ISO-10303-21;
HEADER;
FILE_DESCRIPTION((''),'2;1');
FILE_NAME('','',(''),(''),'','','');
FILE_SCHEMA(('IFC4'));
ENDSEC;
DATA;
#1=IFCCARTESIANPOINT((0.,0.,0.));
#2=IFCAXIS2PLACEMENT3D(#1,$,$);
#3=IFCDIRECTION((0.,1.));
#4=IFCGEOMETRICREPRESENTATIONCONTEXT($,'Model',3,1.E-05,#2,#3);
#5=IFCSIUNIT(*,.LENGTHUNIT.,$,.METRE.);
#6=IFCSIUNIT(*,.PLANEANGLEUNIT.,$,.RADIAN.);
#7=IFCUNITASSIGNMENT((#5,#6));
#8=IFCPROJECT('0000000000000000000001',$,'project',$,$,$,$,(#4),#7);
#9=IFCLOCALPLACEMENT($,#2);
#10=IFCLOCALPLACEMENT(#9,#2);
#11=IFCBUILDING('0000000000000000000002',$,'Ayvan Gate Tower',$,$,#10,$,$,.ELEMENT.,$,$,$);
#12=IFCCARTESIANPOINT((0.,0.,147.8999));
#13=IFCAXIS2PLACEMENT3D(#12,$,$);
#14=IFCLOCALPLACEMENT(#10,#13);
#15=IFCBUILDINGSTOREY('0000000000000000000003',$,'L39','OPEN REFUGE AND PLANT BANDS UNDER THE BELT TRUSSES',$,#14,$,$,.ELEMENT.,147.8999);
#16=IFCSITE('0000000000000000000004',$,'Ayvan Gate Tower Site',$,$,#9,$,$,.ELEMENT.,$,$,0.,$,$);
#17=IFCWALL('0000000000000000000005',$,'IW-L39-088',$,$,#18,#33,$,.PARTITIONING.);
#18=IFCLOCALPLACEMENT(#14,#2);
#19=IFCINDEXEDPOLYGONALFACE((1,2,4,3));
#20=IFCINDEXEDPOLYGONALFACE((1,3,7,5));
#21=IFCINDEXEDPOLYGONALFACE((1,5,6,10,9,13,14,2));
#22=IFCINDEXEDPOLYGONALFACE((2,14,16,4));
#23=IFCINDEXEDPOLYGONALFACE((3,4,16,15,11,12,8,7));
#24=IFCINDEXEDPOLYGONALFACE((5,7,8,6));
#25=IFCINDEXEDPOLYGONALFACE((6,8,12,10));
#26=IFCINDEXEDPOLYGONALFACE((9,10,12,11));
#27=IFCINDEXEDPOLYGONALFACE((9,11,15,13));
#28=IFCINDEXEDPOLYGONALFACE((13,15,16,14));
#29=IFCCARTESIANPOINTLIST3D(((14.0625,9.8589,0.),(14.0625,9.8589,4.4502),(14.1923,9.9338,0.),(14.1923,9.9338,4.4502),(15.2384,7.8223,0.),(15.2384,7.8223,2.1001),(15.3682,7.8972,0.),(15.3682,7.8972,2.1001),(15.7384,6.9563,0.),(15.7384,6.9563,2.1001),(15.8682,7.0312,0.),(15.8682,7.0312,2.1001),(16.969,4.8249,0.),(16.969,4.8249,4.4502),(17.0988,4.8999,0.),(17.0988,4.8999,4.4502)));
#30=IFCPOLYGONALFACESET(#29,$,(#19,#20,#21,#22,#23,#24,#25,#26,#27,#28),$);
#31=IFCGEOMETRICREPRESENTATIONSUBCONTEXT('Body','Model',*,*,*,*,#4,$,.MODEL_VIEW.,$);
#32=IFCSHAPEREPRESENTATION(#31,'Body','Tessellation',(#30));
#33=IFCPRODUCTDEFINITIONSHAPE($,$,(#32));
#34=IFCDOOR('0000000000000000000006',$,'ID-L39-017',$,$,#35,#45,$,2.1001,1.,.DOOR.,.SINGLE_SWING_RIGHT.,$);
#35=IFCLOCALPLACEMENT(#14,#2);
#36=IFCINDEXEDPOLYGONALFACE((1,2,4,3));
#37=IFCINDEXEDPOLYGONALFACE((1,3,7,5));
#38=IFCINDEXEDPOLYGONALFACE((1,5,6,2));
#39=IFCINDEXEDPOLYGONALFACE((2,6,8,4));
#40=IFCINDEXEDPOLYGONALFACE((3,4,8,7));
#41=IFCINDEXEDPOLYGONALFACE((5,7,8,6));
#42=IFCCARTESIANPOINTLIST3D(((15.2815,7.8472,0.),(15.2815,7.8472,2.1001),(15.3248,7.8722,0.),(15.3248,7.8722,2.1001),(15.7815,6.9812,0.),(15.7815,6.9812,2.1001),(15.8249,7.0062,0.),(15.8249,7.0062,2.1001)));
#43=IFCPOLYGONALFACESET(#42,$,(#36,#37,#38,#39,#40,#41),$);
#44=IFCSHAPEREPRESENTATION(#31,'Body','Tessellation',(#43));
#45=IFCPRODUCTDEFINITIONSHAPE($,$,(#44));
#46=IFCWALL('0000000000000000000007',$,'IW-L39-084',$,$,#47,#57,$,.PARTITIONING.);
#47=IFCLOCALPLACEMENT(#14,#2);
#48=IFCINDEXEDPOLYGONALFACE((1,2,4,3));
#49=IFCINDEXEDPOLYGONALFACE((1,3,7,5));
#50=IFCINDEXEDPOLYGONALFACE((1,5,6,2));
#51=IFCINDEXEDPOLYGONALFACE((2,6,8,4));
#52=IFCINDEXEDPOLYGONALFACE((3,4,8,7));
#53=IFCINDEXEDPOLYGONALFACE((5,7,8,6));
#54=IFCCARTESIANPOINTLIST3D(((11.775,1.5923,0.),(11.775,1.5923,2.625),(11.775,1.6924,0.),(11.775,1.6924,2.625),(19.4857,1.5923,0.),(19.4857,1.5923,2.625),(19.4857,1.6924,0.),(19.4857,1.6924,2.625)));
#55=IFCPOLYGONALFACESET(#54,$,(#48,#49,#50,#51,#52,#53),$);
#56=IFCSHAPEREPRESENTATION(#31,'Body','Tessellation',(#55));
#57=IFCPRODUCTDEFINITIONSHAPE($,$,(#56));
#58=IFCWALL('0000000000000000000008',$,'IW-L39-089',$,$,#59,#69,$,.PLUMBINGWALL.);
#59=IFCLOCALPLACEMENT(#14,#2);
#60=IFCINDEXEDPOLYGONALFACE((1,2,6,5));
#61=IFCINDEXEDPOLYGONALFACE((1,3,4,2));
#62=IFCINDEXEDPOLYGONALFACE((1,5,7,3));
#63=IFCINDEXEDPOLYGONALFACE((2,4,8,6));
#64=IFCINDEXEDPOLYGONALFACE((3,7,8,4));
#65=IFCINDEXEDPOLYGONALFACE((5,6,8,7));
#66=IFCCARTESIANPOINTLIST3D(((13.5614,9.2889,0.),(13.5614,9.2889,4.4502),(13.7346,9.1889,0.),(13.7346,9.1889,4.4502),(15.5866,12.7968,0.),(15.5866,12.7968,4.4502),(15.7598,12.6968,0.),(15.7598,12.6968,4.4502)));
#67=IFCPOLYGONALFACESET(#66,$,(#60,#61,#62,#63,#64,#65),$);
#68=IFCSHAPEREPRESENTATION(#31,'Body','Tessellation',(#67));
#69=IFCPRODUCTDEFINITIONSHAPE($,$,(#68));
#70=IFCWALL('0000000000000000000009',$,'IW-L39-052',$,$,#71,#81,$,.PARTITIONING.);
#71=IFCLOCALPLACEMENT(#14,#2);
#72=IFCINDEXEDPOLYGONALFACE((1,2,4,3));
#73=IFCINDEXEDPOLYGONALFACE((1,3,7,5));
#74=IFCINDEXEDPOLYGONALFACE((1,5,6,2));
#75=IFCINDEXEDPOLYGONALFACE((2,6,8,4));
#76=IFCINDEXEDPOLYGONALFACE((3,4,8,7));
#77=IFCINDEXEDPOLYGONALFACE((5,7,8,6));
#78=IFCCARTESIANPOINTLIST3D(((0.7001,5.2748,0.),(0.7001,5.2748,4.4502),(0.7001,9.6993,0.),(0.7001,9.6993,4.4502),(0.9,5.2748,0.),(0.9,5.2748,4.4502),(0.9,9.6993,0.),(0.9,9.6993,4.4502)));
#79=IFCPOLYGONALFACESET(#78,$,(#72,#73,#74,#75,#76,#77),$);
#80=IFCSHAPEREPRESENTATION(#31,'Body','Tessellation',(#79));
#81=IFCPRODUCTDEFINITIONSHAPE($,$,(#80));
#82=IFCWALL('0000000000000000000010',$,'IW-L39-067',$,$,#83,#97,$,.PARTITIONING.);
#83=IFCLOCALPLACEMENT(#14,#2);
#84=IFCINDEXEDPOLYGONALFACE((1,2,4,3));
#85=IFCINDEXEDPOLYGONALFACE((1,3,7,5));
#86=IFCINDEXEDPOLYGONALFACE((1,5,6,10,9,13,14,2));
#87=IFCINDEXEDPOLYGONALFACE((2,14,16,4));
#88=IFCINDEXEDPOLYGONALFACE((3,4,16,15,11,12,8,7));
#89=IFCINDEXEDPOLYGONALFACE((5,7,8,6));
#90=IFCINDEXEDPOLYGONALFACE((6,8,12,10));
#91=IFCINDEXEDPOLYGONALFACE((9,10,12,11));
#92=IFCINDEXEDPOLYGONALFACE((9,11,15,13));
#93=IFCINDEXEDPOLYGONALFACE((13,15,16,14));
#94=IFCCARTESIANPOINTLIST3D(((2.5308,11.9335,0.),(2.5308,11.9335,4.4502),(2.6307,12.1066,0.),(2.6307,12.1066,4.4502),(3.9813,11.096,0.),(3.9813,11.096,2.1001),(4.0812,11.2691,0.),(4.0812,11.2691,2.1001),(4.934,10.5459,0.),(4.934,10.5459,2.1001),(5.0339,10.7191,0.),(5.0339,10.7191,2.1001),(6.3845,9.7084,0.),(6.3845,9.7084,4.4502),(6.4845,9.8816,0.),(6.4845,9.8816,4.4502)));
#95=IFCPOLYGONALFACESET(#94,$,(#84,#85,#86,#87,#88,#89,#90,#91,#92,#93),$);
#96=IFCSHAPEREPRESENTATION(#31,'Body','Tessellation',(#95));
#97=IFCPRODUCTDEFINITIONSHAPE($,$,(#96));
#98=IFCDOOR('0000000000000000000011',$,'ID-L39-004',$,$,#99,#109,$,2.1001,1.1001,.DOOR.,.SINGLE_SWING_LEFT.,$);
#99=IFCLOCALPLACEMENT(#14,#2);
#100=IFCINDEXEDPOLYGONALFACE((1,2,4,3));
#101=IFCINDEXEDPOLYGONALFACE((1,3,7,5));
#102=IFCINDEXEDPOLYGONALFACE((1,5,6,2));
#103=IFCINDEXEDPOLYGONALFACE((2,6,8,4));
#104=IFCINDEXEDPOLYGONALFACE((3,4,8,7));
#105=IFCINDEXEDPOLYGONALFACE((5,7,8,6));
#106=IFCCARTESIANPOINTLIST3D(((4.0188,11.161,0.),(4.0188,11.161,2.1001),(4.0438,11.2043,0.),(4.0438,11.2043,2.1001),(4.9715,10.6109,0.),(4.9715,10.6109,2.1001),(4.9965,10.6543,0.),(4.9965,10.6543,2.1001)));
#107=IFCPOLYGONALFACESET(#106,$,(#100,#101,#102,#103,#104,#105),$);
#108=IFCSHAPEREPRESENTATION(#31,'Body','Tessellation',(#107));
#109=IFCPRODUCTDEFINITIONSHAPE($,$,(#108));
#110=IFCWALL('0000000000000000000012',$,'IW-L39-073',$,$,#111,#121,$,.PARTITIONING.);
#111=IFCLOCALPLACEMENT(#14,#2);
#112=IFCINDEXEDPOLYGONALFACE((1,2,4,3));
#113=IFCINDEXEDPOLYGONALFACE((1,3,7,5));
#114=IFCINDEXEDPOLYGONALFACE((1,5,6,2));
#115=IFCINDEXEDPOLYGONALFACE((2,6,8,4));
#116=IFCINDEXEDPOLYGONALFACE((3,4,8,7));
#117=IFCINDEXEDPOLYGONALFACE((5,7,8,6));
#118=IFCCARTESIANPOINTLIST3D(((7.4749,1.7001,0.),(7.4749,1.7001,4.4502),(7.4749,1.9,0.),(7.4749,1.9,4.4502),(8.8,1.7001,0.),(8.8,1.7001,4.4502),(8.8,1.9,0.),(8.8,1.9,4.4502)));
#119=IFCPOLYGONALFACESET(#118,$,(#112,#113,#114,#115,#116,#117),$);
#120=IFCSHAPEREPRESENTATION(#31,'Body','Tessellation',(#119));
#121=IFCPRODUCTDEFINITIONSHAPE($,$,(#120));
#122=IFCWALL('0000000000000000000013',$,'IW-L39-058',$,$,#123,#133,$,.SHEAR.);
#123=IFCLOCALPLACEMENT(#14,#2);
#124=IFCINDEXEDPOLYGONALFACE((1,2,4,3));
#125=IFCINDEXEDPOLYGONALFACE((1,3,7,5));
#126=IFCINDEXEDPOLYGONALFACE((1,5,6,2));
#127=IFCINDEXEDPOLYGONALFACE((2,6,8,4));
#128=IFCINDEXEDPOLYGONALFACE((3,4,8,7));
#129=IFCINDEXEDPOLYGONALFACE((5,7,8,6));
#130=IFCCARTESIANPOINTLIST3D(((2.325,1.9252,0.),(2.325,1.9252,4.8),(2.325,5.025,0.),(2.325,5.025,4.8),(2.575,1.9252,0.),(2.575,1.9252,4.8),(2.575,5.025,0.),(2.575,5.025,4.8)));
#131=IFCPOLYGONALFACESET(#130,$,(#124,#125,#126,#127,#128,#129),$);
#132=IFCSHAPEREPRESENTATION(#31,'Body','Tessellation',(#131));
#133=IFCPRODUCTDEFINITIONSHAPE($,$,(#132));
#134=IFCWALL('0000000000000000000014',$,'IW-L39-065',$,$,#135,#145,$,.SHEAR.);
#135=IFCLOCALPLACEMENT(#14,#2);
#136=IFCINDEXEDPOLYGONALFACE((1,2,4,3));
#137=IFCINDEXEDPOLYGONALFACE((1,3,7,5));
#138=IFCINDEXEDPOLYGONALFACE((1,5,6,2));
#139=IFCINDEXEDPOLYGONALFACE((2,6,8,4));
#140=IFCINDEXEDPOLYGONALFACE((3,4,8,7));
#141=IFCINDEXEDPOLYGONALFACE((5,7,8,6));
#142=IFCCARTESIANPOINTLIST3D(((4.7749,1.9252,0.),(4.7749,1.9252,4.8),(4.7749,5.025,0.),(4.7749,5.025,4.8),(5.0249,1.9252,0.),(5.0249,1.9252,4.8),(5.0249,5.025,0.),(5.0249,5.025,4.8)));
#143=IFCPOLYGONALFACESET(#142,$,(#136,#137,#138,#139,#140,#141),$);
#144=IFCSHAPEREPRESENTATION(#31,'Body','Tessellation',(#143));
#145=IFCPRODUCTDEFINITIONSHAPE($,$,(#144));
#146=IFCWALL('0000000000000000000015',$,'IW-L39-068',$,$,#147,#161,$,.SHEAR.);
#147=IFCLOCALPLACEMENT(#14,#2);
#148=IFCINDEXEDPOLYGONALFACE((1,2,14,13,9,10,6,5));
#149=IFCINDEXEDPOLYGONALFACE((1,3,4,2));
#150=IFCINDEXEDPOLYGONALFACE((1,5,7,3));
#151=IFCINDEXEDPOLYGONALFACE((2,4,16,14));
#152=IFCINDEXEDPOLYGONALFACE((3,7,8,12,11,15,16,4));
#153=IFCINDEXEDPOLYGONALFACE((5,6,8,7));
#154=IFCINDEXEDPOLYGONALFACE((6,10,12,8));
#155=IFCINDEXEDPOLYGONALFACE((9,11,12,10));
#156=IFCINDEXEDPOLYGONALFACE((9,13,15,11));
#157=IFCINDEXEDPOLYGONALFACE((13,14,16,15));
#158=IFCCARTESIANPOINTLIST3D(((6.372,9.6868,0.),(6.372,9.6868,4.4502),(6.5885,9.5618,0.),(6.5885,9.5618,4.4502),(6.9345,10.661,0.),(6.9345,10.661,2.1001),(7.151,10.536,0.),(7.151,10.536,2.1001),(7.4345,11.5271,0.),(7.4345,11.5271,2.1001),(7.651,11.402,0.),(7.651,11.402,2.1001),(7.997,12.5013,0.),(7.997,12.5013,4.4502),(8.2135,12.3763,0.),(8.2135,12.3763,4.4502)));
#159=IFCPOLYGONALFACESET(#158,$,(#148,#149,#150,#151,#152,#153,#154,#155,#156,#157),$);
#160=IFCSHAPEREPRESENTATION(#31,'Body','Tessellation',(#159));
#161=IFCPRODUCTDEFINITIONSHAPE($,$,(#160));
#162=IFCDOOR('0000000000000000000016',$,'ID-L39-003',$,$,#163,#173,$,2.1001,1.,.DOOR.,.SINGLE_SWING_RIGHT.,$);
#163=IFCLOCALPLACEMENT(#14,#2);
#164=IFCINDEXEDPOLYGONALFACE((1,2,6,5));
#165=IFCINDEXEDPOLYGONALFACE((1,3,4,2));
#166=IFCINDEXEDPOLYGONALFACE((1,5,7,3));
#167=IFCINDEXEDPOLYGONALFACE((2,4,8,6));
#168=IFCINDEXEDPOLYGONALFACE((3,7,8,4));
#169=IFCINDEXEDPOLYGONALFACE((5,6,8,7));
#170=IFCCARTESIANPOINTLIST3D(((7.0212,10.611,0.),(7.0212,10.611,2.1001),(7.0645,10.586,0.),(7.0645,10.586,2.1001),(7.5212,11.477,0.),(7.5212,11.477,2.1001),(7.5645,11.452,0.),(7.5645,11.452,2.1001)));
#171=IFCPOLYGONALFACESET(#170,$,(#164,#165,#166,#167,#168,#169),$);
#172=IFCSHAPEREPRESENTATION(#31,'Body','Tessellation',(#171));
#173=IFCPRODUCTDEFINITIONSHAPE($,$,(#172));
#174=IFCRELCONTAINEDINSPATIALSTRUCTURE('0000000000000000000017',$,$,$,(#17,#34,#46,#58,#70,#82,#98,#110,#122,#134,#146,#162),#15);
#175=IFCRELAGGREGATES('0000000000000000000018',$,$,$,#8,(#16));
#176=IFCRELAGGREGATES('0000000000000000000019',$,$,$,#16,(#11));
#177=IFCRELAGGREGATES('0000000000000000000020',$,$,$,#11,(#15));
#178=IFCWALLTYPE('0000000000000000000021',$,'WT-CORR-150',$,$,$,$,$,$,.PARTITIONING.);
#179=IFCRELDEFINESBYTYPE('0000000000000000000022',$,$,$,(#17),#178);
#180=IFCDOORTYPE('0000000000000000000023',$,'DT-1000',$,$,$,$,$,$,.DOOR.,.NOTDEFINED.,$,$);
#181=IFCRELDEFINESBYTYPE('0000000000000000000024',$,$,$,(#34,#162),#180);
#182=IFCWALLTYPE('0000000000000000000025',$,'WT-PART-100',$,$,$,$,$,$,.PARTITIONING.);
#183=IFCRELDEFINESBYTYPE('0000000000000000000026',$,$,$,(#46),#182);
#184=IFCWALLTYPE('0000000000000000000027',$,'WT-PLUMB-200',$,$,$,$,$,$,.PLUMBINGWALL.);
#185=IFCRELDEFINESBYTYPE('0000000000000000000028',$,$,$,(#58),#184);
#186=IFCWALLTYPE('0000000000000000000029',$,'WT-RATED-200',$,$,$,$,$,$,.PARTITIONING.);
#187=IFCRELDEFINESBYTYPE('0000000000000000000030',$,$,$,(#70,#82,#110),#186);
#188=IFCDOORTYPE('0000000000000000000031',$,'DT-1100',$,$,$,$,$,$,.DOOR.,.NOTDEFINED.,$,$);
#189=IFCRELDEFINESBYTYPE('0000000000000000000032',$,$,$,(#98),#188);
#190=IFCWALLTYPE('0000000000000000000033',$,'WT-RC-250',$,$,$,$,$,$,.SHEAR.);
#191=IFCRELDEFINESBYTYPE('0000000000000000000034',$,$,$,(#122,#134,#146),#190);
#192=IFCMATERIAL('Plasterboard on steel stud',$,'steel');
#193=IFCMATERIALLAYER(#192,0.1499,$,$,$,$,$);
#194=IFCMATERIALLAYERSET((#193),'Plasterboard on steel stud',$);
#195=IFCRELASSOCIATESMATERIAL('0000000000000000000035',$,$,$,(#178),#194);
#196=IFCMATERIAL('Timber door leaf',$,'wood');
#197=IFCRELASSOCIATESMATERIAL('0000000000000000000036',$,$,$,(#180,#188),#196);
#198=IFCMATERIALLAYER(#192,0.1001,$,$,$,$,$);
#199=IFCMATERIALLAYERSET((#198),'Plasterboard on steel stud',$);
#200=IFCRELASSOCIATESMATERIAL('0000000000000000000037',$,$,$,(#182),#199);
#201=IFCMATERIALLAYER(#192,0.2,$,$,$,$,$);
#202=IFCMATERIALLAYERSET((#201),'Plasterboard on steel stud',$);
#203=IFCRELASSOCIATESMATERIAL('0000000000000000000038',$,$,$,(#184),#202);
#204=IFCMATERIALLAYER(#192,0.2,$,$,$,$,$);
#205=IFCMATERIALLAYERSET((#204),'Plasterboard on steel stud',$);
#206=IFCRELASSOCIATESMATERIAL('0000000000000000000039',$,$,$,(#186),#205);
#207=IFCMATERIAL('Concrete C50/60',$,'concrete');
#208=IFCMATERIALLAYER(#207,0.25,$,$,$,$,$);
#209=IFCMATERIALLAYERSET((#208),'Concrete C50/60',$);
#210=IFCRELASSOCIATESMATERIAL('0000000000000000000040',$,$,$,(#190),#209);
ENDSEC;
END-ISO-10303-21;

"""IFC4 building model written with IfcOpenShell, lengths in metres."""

from ifc_helpers import new_model, si_unit, direction, frame, frame_2d, origin, place, context, subcontext, project, spatial, rectangle, extrude, material, layer, layer_set, type_object, element, fill, save


model = new_model("IFC4")

# Units and contexts
model_context = context("Model", 3, precision=1e-05, world=origin(), true_north=direction((0.0, 1.0)))
body_context = subcontext(model_context, "Body", "Model", "MODEL_VIEW")
ifc_project = project(units=[si_unit("LENGTHUNIT", "METRE"), si_unit("PLANEANGLEUNIT", "RADIAN")], contexts=[model_context])

# Site, building, storey
site_placement = place(None, origin())
site = spatial("IfcSite", under=ifc_project, at=site_placement, Name="Ayvan Gate Tower Site", CompositionType="ELEMENT", RefElevation=0.0)
building_placement = place(site_placement, origin())
building = spatial("IfcBuilding", under=site, at=building_placement, Name="Ayvan Gate Tower", CompositionType="ELEMENT")
storey_placement = place(building_placement, frame((0.0, 0.0, 147.8999)))
storey = spatial("IfcBuildingStorey", under=building, at=storey_placement, Name="L39", Description="OPEN REFUGE AND PLANT BANDS UNDER THE BELT TRUSSES", CompositionType="ELEMENT", Elevation=147.8999)

# Shared definitions
ifc_material_1 = material(Name="Timber door leaf", Category="wood")

# Wall, opening, door
ifc_material_2 = material(Name="Plasterboard on steel stud", Category="steel")
ifc_layer_1 = layer(ifc_material_2, 0.1499)
ifc_layer_set_1 = layer_set([ifc_layer_1], Name="Plasterboard on steel stud")
wall_type_1 = type_object("IfcWallType", Name="WT-CORR-150", PredefinedType="PARTITIONING", material=ifc_layer_set_1)
wall_1_placement = place(storey_placement, frame((14.1274, 9.8962, 0.0), z_axis=(0.0, 0.0, 1.0), x_axis=(0.500019, -0.866014, 0.0)))
wall_1 = element("IfcWall", 1, at=wall_1_placement, inside=storey, type_object=wall_type_1, Name="IW-L39-088", PredefinedType="PARTITIONING", context=body_context, shape_type="SweptSolid", body=[
    extrude(rectangle(XDim=5.8127, YDim=0.1499, at=frame_2d((2.9062, 0.0))), origin(), (0.0, 0.0, 1.0), 4.4502),
])
opening_1_placement = place(wall_1_placement, frame((2.3516, 0.0, 0.0)))
opening_1 = element("IfcOpeningElement", 2, at=opening_1_placement, cuts=wall_1, PredefinedType="OPENING", context=body_context, shape_type="SweptSolid", body=[
    extrude(rectangle(XDim=1.0, YDim=2.1001, at=frame_2d((0.5, 1.05))), frame((0.0, 0.085, 0.0), z_axis=(0.0, -1.0, 0.0), x_axis=(1.0, 0.0, 0.0)), (0.0, 0.0, 1.0), 0.1699),
])
door_type_1 = type_object("IfcDoorType", Name="DT-1000", OperationType="NOTDEFINED", PredefinedType="DOOR", material=ifc_material_1)
door_1_placement = place(opening_1_placement, origin())
door_1 = element("IfcDoor", 3, at=door_1_placement, inside=storey, type_object=door_type_1, Name="ID-L39-017", OperationType="SINGLE_SWING_RIGHT", OverallHeight=2.1001, OverallWidth=1.0, PredefinedType="DOOR", context=body_context, shape_type="SweptSolid", body=[
    extrude(rectangle(XDim=1.0, YDim=2.1001, at=frame_2d((0.5, 1.05))), frame((0.0, 0.0249, 0.0), z_axis=(0.0, -1.0, 0.0), x_axis=(1.0, 0.0, 0.0)), (0.0, 0.0, 1.0), 0.05),
])
fill(opening_1, door_1)

# Walls
ifc_layer_2 = layer(ifc_material_2, 0.1001)
ifc_layer_set_2 = layer_set([ifc_layer_2], Name="Plasterboard on steel stud")
wall_type_2 = type_object("IfcWallType", Name="WT-PART-100", PredefinedType="PARTITIONING", material=ifc_layer_set_2)
wall_2_placement = place(storey_placement, frame((11.7749, 1.6423, 0.0), z_axis=(0.0, 0.0, 1.0), x_axis=(1.0, 0.0, 0.0)))
element("IfcWall", 4, at=wall_2_placement, inside=storey, type_object=wall_type_2, Name="IW-L39-084", PredefinedType="PARTITIONING", context=body_context, shape_type="SweptSolid", body=[
    extrude(rectangle(XDim=7.7107, YDim=0.1001, at=frame_2d((3.8555, 0.0))), origin(), (0.0, 0.0, 1.0), 2.625),
])
ifc_layer_3 = layer(ifc_material_2, 0.2)
ifc_layer_set_3 = layer_set([ifc_layer_3], Name="Plasterboard on steel stud")
wall_type_3 = type_object("IfcWallType", Name="WT-PLUMB-200", PredefinedType="PLUMBINGWALL", material=ifc_layer_set_3)
wall_3_placement = place(storey_placement, frame((13.6479, 9.2388, 0.0), z_axis=(0.0, 0.0, 1.0), x_axis=(0.499983, 0.866035, 0.0)))
element("IfcWall", 5, at=wall_3_placement, inside=storey, type_object=wall_type_3, Name="IW-L39-089", PredefinedType="PLUMBINGWALL", context=body_context, shape_type="SweptSolid", body=[
    extrude(rectangle(XDim=4.0505, YDim=0.2, at=frame_2d((2.0254, 0.0))), origin(), (0.0, 0.0, 1.0), 4.4502),
])
ifc_layer_4 = layer(ifc_material_2, 0.2)
ifc_layer_set_4 = layer_set([ifc_layer_4], Name="Plasterboard on steel stud")
wall_type_4 = type_object("IfcWallType", Name="WT-RATED-200", PredefinedType="PARTITIONING", material=ifc_layer_set_4)
wall_4_placement = place(storey_placement, frame((0.8, 9.6995, 0.0), z_axis=(0.0, 0.0, 1.0), x_axis=(0.0, -1.0, 0.0)))
element("IfcWall", 6, at=wall_4_placement, inside=storey, type_object=wall_type_4, Name="IW-L39-052", PredefinedType="PARTITIONING", context=body_context, shape_type="SweptSolid", body=[
    extrude(rectangle(XDim=4.4246, YDim=0.2, at=frame_2d((2.2124, 0.0))), origin(), (0.0, 0.0, 1.0), 4.4502),
])

# Wall, opening, door
wall_5_placement = place(storey_placement, frame((6.4346, 9.7949, 0.0), z_axis=(0.0, 0.0, 1.0), x_axis=(-0.866013, 0.500022, 0.0)))
wall_5 = element("IfcWall", 7, at=wall_5_placement, inside=storey, type_object=wall_type_4, Name="IW-L39-067", PredefinedType="PARTITIONING", context=body_context, shape_type="SweptSolid", body=[
    extrude(rectangle(XDim=4.45, YDim=0.2, at=frame_2d((2.2251, 0.0))), origin(), (0.0, 0.0, 1.0), 4.4502),
])
opening_2_placement = place(wall_5_placement, frame((1.675, 0.0, 0.0)))
opening_2 = element("IfcOpeningElement", 8, at=opening_2_placement, cuts=wall_5, PredefinedType="OPENING", context=body_context, shape_type="SweptSolid", body=[
    extrude(rectangle(XDim=1.1001, YDim=2.1001, at=frame_2d((0.55, 1.05))), frame((0.0, 0.1099, 0.0), z_axis=(0.0, -1.0, 0.0), x_axis=(1.0, 0.0, 0.0)), (0.0, 0.0, 1.0), 0.22),
])
door_type_2 = type_object("IfcDoorType", Name="DT-1100", OperationType="NOTDEFINED", PredefinedType="DOOR", material=ifc_material_1)
door_2_placement = place(opening_2_placement, origin())
door_2 = element("IfcDoor", 9, at=door_2_placement, inside=storey, type_object=door_type_2, Name="ID-L39-004", OperationType="SINGLE_SWING_LEFT", OverallHeight=2.1001, OverallWidth=1.1001, PredefinedType="DOOR", context=body_context, shape_type="SweptSolid", body=[
    extrude(rectangle(XDim=1.1001, YDim=2.1001, at=frame_2d((0.55, 1.05))), frame((0.0, 0.0249, 0.0), z_axis=(0.0, -1.0, 0.0), x_axis=(1.0, 0.0, 0.0)), (0.0, 0.0, 1.0), 0.05),
])
fill(opening_2, door_2)

# Walls
wall_6_placement = place(storey_placement, frame((7.4749, 1.8, 0.0), z_axis=(0.0, 0.0, 1.0), x_axis=(1.0, 0.0, 0.0)))
element("IfcWall", 10, at=wall_6_placement, inside=storey, type_object=wall_type_4, Name="IW-L39-073", PredefinedType="PARTITIONING", context=body_context, shape_type="SweptSolid", body=[
    extrude(rectangle(XDim=1.3252, YDim=0.2, at=frame_2d((0.6626, 0.0))), origin(), (0.0, 0.0, 1.0), 4.4502),
])
ifc_material_3 = material(Name="Concrete C50/60", Category="concrete")
ifc_layer_5 = layer(ifc_material_3, 0.25)
ifc_layer_set_5 = layer_set([ifc_layer_5], Name="Concrete C50/60")
wall_type_5 = type_object("IfcWallType", Name="WT-RC-250", PredefinedType="SHEAR", material=ifc_layer_set_5)
for number, where, z_axis, x_axis, name in (
    (11, (2.45, 5.0249, 0.0), (0.0, 0.0, 1.0), (0.0, -1.0, 0.0), "IW-L39-058"),
    (12, (4.8999, 5.0249, 0.0), (0.0, 0.0, 1.0), (0.0, -1.0, 0.0), "IW-L39-065"),
):
    element("IfcWall", number, at=place(storey_placement, frame(where, z_axis=z_axis, x_axis=x_axis)), inside=storey, type_object=wall_type_5, Name=name, PredefinedType="SHEAR", context=body_context, shape_type="SweptSolid", body=[
        extrude(rectangle(XDim=3.0999, YDim=0.25, at=frame_2d((1.5498, 0.0))), origin(), (0.0, 0.0, 1.0), 4.8),
    ])

# Wall, opening, door
wall_7_placement = place(storey_placement, frame((6.4802, 9.6243, 0.0), z_axis=(0.0, 0.0, 1.0), x_axis=(0.500017, 0.866015, 0.0)))
wall_7 = element("IfcWall", 13, at=wall_7_placement, inside=storey, type_object=wall_type_5, Name="IW-L39-068", PredefinedType="SHEAR", context=body_context, shape_type="SweptSolid", body=[
    extrude(rectangle(XDim=3.25, YDim=0.25, at=frame_2d((1.625, 0.0))), origin(), (0.0, 0.0, 1.0), 4.4502),
])
opening_3_placement = place(wall_7_placement, frame((1.125, 0.0, 0.0)))
opening_3 = element("IfcOpeningElement", 14, at=opening_3_placement, cuts=wall_7, PredefinedType="OPENING", context=body_context, shape_type="SweptSolid", body=[
    extrude(rectangle(XDim=1.0, YDim=2.1001, at=frame_2d((0.5, 1.05))), frame((0.0, 0.135, 0.0), z_axis=(0.0, -1.0, 0.0), x_axis=(1.0, 0.0, 0.0)), (0.0, 0.0, 1.0), 0.27),
])
door_3_placement = place(opening_3_placement, origin())
door_3 = element("IfcDoor", 15, at=door_3_placement, inside=storey, type_object=door_type_1, Name="ID-L39-003", OperationType="SINGLE_SWING_RIGHT", OverallHeight=2.1001, OverallWidth=1.0, PredefinedType="DOOR", context=body_context, shape_type="SweptSolid", body=[
    extrude(rectangle(XDim=1.0, YDim=2.1001, at=frame_2d((0.5, 1.05))), frame((0.0, 0.0249, 0.0), z_axis=(0.0, -1.0, 0.0), x_axis=(1.0, 0.0, 0.0)), (0.0, 0.0, 1.0), 0.05),
])
fill(opening_3, door_3)

save(model, "model.ifc")
